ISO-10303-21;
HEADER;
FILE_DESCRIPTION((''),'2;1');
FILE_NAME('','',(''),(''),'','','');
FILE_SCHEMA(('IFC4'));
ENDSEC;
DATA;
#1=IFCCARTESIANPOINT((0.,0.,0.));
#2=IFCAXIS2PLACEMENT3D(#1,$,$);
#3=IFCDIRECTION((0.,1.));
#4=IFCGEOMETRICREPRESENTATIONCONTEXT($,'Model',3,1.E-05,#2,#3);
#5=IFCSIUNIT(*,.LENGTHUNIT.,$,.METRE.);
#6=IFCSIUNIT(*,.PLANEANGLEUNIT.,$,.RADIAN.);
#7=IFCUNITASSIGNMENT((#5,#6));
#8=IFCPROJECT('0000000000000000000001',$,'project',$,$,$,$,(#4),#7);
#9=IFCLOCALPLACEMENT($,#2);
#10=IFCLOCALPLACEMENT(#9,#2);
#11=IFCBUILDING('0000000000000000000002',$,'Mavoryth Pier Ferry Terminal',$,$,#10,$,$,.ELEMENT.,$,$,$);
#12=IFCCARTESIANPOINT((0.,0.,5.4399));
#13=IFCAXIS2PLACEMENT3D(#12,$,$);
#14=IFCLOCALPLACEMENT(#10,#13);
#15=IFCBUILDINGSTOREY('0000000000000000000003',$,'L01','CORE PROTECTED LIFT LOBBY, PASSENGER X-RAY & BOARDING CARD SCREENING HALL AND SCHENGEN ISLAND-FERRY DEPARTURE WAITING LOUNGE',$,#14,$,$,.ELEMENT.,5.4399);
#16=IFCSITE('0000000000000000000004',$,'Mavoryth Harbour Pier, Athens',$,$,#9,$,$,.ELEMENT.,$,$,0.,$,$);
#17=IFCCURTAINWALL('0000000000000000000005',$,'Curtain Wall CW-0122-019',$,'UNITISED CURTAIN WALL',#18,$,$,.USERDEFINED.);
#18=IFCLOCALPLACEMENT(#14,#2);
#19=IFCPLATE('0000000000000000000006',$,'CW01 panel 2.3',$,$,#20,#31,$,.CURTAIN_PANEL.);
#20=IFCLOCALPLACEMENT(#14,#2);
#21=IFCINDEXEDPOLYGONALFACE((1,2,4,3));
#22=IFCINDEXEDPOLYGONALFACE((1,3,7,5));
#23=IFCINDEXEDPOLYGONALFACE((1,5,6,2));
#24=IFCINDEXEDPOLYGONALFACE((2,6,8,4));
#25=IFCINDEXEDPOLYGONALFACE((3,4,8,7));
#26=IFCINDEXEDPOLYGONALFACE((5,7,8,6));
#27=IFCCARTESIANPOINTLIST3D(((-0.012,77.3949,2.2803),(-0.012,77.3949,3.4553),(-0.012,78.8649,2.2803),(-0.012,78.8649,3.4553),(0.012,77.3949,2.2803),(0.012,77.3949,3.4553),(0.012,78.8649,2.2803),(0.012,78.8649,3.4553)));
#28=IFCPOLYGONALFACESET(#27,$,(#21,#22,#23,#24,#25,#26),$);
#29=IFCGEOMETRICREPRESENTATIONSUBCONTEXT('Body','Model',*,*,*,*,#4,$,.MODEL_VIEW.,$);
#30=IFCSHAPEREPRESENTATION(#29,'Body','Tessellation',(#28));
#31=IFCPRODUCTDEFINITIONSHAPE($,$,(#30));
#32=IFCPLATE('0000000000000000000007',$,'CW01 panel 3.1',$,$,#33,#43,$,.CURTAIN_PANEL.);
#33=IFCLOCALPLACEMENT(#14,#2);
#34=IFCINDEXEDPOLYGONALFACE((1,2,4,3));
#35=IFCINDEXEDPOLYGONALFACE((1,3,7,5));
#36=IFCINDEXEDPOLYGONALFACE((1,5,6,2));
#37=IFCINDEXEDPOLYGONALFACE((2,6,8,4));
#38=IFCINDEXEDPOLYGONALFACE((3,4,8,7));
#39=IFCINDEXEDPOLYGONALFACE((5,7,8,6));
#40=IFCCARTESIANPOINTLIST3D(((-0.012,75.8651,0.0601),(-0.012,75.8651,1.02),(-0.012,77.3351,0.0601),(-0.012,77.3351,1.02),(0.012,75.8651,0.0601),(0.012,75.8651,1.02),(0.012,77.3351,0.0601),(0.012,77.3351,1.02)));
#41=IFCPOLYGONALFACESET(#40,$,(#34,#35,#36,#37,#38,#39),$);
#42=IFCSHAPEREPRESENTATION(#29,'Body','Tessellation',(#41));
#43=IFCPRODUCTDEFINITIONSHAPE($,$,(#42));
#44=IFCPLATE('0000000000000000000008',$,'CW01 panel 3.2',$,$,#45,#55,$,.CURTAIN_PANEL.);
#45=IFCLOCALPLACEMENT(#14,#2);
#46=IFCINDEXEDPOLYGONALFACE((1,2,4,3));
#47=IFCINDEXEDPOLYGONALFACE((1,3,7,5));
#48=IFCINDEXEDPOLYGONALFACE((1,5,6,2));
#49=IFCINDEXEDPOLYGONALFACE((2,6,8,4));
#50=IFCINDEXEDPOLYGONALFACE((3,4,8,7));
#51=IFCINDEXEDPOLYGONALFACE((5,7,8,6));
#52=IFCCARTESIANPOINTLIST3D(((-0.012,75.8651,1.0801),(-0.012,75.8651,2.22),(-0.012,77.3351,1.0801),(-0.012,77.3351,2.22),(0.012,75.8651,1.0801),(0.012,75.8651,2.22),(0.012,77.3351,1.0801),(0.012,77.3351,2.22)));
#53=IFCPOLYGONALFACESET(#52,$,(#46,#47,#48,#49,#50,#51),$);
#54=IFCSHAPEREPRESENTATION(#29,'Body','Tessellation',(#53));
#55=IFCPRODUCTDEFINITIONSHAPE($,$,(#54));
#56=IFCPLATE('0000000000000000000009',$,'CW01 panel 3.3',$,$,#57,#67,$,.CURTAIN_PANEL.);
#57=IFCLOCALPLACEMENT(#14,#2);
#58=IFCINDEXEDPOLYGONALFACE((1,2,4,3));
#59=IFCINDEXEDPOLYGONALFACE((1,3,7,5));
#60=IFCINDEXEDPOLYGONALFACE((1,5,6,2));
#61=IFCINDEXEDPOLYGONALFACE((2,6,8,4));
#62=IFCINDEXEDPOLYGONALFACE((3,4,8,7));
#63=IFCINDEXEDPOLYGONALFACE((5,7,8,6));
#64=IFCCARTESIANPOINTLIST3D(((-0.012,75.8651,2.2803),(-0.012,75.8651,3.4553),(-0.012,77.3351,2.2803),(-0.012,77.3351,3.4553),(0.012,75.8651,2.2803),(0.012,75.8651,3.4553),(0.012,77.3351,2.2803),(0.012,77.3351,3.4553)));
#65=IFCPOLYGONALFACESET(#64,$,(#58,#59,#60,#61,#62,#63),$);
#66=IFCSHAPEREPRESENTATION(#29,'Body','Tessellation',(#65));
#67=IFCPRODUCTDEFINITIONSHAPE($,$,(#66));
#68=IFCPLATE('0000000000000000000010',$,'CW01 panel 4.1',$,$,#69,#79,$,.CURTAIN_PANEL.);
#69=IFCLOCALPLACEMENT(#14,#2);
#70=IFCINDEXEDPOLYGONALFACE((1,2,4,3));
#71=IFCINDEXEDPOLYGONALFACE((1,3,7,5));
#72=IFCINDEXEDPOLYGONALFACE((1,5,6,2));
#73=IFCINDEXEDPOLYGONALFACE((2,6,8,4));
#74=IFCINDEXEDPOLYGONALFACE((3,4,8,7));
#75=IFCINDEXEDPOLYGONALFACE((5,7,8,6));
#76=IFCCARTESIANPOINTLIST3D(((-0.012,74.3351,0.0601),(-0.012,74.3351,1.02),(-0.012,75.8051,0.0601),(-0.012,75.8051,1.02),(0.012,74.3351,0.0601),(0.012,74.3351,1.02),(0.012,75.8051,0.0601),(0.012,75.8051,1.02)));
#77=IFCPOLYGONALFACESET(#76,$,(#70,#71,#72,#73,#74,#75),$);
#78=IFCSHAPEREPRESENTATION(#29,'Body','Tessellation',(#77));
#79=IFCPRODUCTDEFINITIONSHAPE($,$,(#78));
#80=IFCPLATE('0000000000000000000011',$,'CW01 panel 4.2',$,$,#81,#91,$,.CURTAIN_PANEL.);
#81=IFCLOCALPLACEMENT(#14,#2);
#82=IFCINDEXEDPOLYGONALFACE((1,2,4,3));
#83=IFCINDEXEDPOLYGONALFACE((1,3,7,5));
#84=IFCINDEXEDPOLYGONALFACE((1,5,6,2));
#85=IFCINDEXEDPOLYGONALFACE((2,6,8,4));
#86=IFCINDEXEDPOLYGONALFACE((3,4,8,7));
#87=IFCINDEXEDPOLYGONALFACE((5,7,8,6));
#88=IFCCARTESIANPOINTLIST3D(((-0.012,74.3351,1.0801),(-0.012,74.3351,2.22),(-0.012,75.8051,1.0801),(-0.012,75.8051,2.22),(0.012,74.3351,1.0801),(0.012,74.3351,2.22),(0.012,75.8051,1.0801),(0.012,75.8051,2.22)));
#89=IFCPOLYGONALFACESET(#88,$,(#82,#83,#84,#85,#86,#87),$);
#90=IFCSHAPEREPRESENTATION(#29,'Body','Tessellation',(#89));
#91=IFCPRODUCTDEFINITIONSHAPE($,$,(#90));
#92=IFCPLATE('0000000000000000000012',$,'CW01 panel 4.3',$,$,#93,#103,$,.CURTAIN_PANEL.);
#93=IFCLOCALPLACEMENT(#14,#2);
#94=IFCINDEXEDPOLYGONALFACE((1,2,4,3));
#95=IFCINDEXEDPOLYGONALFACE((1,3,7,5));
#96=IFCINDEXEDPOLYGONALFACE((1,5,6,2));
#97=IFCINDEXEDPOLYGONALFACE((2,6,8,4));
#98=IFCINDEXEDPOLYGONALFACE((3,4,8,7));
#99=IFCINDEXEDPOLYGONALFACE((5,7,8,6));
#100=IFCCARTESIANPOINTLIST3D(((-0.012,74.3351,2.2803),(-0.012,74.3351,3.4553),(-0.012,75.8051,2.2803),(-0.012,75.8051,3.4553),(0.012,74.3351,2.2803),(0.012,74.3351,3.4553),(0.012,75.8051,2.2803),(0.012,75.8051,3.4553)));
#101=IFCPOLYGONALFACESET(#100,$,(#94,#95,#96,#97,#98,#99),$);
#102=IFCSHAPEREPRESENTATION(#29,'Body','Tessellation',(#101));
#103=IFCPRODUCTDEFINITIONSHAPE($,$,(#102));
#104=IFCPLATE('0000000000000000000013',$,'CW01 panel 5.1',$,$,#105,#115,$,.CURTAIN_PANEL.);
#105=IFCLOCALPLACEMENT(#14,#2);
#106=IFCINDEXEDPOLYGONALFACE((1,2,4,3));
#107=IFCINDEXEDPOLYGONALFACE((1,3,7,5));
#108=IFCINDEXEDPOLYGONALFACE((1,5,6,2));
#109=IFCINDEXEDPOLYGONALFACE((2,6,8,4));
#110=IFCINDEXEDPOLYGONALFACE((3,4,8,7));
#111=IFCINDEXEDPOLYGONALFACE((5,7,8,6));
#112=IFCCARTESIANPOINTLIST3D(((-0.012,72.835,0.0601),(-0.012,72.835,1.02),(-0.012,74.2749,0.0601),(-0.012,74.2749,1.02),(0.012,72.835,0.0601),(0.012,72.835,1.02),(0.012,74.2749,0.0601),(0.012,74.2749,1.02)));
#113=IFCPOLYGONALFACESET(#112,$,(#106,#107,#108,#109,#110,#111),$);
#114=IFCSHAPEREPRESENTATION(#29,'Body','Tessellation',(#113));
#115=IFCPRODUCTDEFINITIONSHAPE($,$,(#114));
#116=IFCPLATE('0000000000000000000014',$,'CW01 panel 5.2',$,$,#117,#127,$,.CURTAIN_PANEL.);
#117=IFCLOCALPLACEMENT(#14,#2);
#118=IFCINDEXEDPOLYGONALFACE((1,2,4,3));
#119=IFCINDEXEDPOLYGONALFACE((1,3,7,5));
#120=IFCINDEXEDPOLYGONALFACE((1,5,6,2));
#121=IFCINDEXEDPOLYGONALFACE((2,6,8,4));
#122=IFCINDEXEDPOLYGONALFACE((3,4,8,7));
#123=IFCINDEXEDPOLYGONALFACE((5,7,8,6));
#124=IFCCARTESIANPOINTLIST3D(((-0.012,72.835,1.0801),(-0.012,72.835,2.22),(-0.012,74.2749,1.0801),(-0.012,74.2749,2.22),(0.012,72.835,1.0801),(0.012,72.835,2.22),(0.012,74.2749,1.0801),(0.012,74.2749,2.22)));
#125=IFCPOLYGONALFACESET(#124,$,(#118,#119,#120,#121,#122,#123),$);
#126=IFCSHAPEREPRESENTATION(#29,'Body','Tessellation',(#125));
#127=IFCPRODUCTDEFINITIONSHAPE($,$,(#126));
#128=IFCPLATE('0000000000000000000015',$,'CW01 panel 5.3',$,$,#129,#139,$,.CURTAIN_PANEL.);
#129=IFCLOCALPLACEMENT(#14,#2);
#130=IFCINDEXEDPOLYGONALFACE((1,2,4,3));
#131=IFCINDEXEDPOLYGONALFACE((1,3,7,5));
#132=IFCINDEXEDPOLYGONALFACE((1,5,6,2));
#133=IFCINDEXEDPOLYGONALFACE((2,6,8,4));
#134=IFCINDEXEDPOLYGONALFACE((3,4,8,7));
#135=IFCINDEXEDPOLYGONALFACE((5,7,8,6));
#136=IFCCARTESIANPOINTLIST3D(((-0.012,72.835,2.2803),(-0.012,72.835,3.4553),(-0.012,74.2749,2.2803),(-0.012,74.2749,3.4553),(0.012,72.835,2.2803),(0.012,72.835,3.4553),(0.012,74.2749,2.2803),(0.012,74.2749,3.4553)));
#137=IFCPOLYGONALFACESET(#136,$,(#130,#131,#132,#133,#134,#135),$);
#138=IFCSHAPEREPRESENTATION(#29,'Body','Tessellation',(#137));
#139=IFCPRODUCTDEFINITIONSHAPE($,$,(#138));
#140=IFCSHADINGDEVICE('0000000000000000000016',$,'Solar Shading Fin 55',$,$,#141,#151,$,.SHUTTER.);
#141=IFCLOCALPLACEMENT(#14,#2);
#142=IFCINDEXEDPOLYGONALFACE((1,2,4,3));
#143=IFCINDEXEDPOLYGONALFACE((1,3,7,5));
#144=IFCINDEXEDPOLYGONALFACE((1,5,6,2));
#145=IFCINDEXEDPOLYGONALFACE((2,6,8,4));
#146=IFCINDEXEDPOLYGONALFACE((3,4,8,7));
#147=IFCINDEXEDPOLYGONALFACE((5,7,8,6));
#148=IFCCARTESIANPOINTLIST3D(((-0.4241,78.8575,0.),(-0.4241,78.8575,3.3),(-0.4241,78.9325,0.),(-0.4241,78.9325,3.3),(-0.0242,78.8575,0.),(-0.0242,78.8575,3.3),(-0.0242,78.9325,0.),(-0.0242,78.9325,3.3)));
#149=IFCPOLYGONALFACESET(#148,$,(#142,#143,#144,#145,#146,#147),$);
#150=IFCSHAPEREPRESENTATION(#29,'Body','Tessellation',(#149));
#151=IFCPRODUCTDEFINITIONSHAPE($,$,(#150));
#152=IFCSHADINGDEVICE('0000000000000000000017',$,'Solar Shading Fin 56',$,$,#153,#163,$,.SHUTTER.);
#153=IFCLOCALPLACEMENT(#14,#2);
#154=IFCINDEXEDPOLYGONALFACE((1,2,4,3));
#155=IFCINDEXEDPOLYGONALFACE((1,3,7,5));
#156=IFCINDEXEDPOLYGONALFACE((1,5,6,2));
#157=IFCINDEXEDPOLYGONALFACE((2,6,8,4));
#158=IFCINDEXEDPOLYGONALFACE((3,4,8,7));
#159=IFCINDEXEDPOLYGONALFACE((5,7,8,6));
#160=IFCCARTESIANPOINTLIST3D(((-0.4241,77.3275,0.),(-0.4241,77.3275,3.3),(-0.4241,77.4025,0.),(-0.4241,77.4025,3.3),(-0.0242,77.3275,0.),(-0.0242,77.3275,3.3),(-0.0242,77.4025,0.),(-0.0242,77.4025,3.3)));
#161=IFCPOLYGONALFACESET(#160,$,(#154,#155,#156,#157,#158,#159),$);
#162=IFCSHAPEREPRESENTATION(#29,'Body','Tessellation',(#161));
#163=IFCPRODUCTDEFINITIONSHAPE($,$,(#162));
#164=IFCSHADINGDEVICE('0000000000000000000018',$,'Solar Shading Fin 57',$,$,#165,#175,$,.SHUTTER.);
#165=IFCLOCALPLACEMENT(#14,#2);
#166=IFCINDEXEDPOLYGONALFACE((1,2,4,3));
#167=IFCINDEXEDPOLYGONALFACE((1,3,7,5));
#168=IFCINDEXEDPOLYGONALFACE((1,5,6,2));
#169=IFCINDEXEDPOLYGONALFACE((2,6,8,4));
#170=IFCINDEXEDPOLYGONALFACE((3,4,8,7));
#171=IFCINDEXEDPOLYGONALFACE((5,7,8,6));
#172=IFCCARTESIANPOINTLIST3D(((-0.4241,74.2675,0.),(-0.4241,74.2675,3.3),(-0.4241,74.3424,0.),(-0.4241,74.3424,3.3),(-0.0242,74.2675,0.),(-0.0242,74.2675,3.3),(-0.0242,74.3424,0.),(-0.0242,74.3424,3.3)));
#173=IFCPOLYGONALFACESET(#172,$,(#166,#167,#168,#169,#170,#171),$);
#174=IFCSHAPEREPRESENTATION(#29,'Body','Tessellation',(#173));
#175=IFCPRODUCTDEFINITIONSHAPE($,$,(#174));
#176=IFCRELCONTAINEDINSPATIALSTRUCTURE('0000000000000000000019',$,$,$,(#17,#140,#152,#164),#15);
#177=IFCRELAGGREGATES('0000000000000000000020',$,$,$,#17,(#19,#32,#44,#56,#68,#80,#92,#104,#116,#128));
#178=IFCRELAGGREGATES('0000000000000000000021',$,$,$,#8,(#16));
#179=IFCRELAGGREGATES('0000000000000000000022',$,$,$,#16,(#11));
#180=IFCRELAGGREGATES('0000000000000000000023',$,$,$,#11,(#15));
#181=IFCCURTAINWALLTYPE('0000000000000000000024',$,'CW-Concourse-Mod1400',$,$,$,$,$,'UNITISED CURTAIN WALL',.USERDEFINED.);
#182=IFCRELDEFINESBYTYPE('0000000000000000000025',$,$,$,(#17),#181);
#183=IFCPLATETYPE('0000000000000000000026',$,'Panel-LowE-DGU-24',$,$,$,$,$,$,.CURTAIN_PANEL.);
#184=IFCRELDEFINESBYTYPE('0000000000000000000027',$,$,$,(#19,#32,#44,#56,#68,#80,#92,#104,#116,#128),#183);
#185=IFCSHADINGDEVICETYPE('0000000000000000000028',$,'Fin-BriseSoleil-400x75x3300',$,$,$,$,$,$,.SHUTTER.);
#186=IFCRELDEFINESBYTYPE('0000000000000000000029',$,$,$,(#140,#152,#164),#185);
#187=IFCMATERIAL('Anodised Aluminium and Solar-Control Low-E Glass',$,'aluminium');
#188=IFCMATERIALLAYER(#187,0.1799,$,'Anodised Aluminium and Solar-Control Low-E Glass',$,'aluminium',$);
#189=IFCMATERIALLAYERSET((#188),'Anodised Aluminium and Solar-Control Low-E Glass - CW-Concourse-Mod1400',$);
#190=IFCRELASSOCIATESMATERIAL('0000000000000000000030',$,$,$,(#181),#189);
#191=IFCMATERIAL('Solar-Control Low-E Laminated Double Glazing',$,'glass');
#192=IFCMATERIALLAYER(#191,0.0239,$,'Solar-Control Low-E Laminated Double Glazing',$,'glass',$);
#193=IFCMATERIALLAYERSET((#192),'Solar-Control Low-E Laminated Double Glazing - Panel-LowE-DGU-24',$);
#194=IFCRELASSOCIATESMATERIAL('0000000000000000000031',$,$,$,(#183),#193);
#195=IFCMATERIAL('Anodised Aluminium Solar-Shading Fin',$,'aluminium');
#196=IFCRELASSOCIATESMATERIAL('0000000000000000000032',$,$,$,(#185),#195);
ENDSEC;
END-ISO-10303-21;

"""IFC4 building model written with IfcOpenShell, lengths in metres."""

from ifc_helpers import new_model, si_unit, direction, frame, origin, origin_2d, place, context, subcontext, project, spatial, rectangle, extrude, material, layer, layer_set, type_object, element, aggregate, save


model = new_model("IFC4")

# Units and contexts
model_context = context("Model", 3, precision=1e-05, world=origin(), true_north=direction((0.0, 1.0)))
body_context = subcontext(model_context, "Body", "Model", "MODEL_VIEW")
ifc_project = project(units=[si_unit("LENGTHUNIT", "METRE"), si_unit("PLANEANGLEUNIT", "RADIAN")], contexts=[model_context])

# Site, building, storey
site_placement = place(None, origin())
site = spatial("IfcSite", under=ifc_project, at=site_placement, Name="Mavoryth Harbour Pier, Athens", CompositionType="ELEMENT", RefElevation=0.0)
building_placement = place(site_placement, origin())
building = spatial("IfcBuilding", under=site, at=building_placement, Name="Mavoryth Pier Ferry Terminal", CompositionType="ELEMENT")
storey_placement = place(building_placement, frame((0.0, 0.0, 5.4399)))
storey = spatial("IfcBuildingStorey", under=building, at=storey_placement, Name="L01", Description="CORE PROTECTED LIFT LOBBY, PASSENGER X-RAY & BOARDING CARD SCREENING HALL AND SCHENGEN ISLAND-FERRY DEPARTURE WAITING LOUNGE", CompositionType="ELEMENT", Elevation=5.4399)

# Curtain wall, plates
ifc_material_1 = material(Name="Anodised Aluminium and Solar-Control Low-E Glass", Category="aluminium")
ifc_layer_1 = layer(ifc_material_1, 0.1799, Name="Anodised Aluminium and Solar-Control Low-E Glass", Category="aluminium")
ifc_layer_set_1 = layer_set([ifc_layer_1], Name="Anodised Aluminium and Solar-Control Low-E Glass - CW-Concourse-Mod1400")
curtain_wall_type = type_object("IfcCurtainWallType", Name="CW-Concourse-Mod1400", ElementType="UNITISED CURTAIN WALL", PredefinedType="USERDEFINED", material=ifc_layer_set_1)
curtain_wall_placement = place(storey_placement, origin())
curtain_wall = element("IfcCurtainWall", 1, at=curtain_wall_placement, inside=storey, type_object=curtain_wall_type, Name="Curtain Wall CW-0122-019", ObjectType="UNITISED CURTAIN WALL", PredefinedType="USERDEFINED")
ifc_material_2 = material(Name="Solar-Control Low-E Laminated Double Glazing", Category="glass")
ifc_layer_2 = layer(ifc_material_2, 0.0239, Name="Solar-Control Low-E Laminated Double Glazing", Category="glass")
ifc_layer_set_2 = layer_set([ifc_layer_2], Name="Solar-Control Low-E Laminated Double Glazing - Panel-LowE-DGU-24")
plate_type = type_object("IfcPlateType", Name="Panel-LowE-DGU-24", PredefinedType="CURTAIN_PANEL", material=ifc_layer_set_2)
plate_1_placement = place(storey_placement, frame((0.0, 78.1299, 2.2803), z_axis=(0.0, 0.0, 1.0), x_axis=(0.0, -1.0, 0.0)))
plate_1 = element("IfcPlate", 2, at=plate_1_placement, type_object=plate_type, Name="CW01 panel 2.3", PredefinedType="CURTAIN_PANEL", context=body_context, shape_type="SweptSolid", body=[
    extrude(rectangle(XDim=1.47, YDim=0.0239, at=origin_2d()), origin(), (0.0, 0.0, 1.0), 1.175),
])
plate_2_placement = place(storey_placement, frame((0.0, 76.6001, 0.0601), z_axis=(0.0, 0.0, 1.0), x_axis=(0.0, -1.0, 0.0)))
plate_2 = element("IfcPlate", 3, at=plate_2_placement, type_object=plate_type, Name="CW01 panel 3.1", PredefinedType="CURTAIN_PANEL", context=body_context, shape_type="SweptSolid", body=[
    extrude(rectangle(XDim=1.47, YDim=0.0239, at=origin_2d()), origin(), (0.0, 0.0, 1.0), 0.96),
])
plate_3_placement = place(storey_placement, frame((0.0, 76.6001, 1.0801), z_axis=(0.0, 0.0, 1.0), x_axis=(0.0, -1.0, 0.0)))
plate_3 = element("IfcPlate", 4, at=plate_3_placement, type_object=plate_type, Name="CW01 panel 3.2", PredefinedType="CURTAIN_PANEL", context=body_context, shape_type="SweptSolid", body=[
    extrude(rectangle(XDim=1.47, YDim=0.0239, at=origin_2d()), origin(), (0.0, 0.0, 1.0), 1.1399),
])
plate_4_placement = place(storey_placement, frame((0.0, 76.6001, 2.2803), z_axis=(0.0, 0.0, 1.0), x_axis=(0.0, -1.0, 0.0)))
plate_4 = element("IfcPlate", 5, at=plate_4_placement, type_object=plate_type, Name="CW01 panel 3.3", PredefinedType="CURTAIN_PANEL", context=body_context, shape_type="SweptSolid", body=[
    extrude(rectangle(XDim=1.47, YDim=0.0239, at=origin_2d()), origin(), (0.0, 0.0, 1.0), 1.175),
])
plate_5_placement = place(storey_placement, frame((0.0, 75.0701, 0.0601), z_axis=(0.0, 0.0, 1.0), x_axis=(0.0, -1.0, 0.0)))
plate_5 = element("IfcPlate", 6, at=plate_5_placement, type_object=plate_type, Name="CW01 panel 4.1", PredefinedType="CURTAIN_PANEL", context=body_context, shape_type="SweptSolid", body=[
    extrude(rectangle(XDim=1.47, YDim=0.0239, at=origin_2d()), origin(), (0.0, 0.0, 1.0), 0.96),
])
plate_6_placement = place(storey_placement, frame((0.0, 75.0701, 1.0801), z_axis=(0.0, 0.0, 1.0), x_axis=(0.0, -1.0, 0.0)))
plate_6 = element("IfcPlate", 7, at=plate_6_placement, type_object=plate_type, Name="CW01 panel 4.2", PredefinedType="CURTAIN_PANEL", context=body_context, shape_type="SweptSolid", body=[
    extrude(rectangle(XDim=1.47, YDim=0.0239, at=origin_2d()), origin(), (0.0, 0.0, 1.0), 1.1399),
])
plate_7_placement = place(storey_placement, frame((0.0, 75.0701, 2.2803), z_axis=(0.0, 0.0, 1.0), x_axis=(0.0, -1.0, 0.0)))
plate_7 = element("IfcPlate", 8, at=plate_7_placement, type_object=plate_type, Name="CW01 panel 4.3", PredefinedType="CURTAIN_PANEL", context=body_context, shape_type="SweptSolid", body=[
    extrude(rectangle(XDim=1.47, YDim=0.0239, at=origin_2d()), origin(), (0.0, 0.0, 1.0), 1.175),
])
plate_8_placement = place(storey_placement, frame((0.0, 73.5549, 0.0601), z_axis=(0.0, 0.0, 1.0), x_axis=(0.0, -1.0, 0.0)))
plate_8 = element("IfcPlate", 9, at=plate_8_placement, type_object=plate_type, Name="CW01 panel 5.1", PredefinedType="CURTAIN_PANEL", context=body_context, shape_type="SweptSolid", body=[
    extrude(rectangle(XDim=1.4399, YDim=0.0239, at=origin_2d()), origin(), (0.0, 0.0, 1.0), 0.96),
])
plate_9_placement = place(storey_placement, frame((0.0, 73.5549, 1.0801), z_axis=(0.0, 0.0, 1.0), x_axis=(0.0, -1.0, 0.0)))
plate_9 = element("IfcPlate", 10, at=plate_9_placement, type_object=plate_type, Name="CW01 panel 5.2", PredefinedType="CURTAIN_PANEL", context=body_context, shape_type="SweptSolid", body=[
    extrude(rectangle(XDim=1.4399, YDim=0.0239, at=origin_2d()), origin(), (0.0, 0.0, 1.0), 1.1399),
])
plate_10_placement = place(storey_placement, frame((0.0, 73.5549, 2.2803), z_axis=(0.0, 0.0, 1.0), x_axis=(0.0, -1.0, 0.0)))
plate_10 = element("IfcPlate", 11, at=plate_10_placement, type_object=plate_type, Name="CW01 panel 5.3", PredefinedType="CURTAIN_PANEL", context=body_context, shape_type="SweptSolid", body=[
    extrude(rectangle(XDim=1.4399, YDim=0.0239, at=origin_2d()), origin(), (0.0, 0.0, 1.0), 1.175),
])
aggregate(curtain_wall, [plate_1, plate_2, plate_3, plate_4, plate_5, plate_6, plate_7, plate_8, plate_9, plate_10])

# Shading devices
ifc_material_3 = material(Name="Anodised Aluminium Solar-Shading Fin", Category="aluminium")
shading_device_type = type_object("IfcShadingDeviceType", Name="Fin-BriseSoleil-400x75x3300", PredefinedType="SHUTTER", material=ifc_material_3)
for number, where, z_axis, x_axis, name in (
    (12, (-0.2241, 78.895, 0.0), (0.0, 0.0, 1.0), (0.0, -1.0, 0.0), "Solar Shading Fin 55"),
    (13, (-0.2241, 77.365, 0.0), (0.0, 0.0, 1.0), (0.0, -1.0, 0.0), "Solar Shading Fin 56"),
    (14, (-0.2241, 74.3049, 0.0), (0.0, 0.0, 1.0), (0.0, -1.0, 0.0), "Solar Shading Fin 57"),
):
    element("IfcShadingDevice", number, at=place(storey_placement, frame(where, z_axis=z_axis, x_axis=x_axis)), inside=storey, type_object=shading_device_type, Name=name, PredefinedType="SHUTTER", context=body_context, shape_type="SweptSolid", body=[
        extrude(rectangle(XDim=0.075, YDim=0.3999, at=origin_2d()), origin(), (0.0, 0.0, 1.0), 3.3),
    ])

save(model, "model.ifc")
